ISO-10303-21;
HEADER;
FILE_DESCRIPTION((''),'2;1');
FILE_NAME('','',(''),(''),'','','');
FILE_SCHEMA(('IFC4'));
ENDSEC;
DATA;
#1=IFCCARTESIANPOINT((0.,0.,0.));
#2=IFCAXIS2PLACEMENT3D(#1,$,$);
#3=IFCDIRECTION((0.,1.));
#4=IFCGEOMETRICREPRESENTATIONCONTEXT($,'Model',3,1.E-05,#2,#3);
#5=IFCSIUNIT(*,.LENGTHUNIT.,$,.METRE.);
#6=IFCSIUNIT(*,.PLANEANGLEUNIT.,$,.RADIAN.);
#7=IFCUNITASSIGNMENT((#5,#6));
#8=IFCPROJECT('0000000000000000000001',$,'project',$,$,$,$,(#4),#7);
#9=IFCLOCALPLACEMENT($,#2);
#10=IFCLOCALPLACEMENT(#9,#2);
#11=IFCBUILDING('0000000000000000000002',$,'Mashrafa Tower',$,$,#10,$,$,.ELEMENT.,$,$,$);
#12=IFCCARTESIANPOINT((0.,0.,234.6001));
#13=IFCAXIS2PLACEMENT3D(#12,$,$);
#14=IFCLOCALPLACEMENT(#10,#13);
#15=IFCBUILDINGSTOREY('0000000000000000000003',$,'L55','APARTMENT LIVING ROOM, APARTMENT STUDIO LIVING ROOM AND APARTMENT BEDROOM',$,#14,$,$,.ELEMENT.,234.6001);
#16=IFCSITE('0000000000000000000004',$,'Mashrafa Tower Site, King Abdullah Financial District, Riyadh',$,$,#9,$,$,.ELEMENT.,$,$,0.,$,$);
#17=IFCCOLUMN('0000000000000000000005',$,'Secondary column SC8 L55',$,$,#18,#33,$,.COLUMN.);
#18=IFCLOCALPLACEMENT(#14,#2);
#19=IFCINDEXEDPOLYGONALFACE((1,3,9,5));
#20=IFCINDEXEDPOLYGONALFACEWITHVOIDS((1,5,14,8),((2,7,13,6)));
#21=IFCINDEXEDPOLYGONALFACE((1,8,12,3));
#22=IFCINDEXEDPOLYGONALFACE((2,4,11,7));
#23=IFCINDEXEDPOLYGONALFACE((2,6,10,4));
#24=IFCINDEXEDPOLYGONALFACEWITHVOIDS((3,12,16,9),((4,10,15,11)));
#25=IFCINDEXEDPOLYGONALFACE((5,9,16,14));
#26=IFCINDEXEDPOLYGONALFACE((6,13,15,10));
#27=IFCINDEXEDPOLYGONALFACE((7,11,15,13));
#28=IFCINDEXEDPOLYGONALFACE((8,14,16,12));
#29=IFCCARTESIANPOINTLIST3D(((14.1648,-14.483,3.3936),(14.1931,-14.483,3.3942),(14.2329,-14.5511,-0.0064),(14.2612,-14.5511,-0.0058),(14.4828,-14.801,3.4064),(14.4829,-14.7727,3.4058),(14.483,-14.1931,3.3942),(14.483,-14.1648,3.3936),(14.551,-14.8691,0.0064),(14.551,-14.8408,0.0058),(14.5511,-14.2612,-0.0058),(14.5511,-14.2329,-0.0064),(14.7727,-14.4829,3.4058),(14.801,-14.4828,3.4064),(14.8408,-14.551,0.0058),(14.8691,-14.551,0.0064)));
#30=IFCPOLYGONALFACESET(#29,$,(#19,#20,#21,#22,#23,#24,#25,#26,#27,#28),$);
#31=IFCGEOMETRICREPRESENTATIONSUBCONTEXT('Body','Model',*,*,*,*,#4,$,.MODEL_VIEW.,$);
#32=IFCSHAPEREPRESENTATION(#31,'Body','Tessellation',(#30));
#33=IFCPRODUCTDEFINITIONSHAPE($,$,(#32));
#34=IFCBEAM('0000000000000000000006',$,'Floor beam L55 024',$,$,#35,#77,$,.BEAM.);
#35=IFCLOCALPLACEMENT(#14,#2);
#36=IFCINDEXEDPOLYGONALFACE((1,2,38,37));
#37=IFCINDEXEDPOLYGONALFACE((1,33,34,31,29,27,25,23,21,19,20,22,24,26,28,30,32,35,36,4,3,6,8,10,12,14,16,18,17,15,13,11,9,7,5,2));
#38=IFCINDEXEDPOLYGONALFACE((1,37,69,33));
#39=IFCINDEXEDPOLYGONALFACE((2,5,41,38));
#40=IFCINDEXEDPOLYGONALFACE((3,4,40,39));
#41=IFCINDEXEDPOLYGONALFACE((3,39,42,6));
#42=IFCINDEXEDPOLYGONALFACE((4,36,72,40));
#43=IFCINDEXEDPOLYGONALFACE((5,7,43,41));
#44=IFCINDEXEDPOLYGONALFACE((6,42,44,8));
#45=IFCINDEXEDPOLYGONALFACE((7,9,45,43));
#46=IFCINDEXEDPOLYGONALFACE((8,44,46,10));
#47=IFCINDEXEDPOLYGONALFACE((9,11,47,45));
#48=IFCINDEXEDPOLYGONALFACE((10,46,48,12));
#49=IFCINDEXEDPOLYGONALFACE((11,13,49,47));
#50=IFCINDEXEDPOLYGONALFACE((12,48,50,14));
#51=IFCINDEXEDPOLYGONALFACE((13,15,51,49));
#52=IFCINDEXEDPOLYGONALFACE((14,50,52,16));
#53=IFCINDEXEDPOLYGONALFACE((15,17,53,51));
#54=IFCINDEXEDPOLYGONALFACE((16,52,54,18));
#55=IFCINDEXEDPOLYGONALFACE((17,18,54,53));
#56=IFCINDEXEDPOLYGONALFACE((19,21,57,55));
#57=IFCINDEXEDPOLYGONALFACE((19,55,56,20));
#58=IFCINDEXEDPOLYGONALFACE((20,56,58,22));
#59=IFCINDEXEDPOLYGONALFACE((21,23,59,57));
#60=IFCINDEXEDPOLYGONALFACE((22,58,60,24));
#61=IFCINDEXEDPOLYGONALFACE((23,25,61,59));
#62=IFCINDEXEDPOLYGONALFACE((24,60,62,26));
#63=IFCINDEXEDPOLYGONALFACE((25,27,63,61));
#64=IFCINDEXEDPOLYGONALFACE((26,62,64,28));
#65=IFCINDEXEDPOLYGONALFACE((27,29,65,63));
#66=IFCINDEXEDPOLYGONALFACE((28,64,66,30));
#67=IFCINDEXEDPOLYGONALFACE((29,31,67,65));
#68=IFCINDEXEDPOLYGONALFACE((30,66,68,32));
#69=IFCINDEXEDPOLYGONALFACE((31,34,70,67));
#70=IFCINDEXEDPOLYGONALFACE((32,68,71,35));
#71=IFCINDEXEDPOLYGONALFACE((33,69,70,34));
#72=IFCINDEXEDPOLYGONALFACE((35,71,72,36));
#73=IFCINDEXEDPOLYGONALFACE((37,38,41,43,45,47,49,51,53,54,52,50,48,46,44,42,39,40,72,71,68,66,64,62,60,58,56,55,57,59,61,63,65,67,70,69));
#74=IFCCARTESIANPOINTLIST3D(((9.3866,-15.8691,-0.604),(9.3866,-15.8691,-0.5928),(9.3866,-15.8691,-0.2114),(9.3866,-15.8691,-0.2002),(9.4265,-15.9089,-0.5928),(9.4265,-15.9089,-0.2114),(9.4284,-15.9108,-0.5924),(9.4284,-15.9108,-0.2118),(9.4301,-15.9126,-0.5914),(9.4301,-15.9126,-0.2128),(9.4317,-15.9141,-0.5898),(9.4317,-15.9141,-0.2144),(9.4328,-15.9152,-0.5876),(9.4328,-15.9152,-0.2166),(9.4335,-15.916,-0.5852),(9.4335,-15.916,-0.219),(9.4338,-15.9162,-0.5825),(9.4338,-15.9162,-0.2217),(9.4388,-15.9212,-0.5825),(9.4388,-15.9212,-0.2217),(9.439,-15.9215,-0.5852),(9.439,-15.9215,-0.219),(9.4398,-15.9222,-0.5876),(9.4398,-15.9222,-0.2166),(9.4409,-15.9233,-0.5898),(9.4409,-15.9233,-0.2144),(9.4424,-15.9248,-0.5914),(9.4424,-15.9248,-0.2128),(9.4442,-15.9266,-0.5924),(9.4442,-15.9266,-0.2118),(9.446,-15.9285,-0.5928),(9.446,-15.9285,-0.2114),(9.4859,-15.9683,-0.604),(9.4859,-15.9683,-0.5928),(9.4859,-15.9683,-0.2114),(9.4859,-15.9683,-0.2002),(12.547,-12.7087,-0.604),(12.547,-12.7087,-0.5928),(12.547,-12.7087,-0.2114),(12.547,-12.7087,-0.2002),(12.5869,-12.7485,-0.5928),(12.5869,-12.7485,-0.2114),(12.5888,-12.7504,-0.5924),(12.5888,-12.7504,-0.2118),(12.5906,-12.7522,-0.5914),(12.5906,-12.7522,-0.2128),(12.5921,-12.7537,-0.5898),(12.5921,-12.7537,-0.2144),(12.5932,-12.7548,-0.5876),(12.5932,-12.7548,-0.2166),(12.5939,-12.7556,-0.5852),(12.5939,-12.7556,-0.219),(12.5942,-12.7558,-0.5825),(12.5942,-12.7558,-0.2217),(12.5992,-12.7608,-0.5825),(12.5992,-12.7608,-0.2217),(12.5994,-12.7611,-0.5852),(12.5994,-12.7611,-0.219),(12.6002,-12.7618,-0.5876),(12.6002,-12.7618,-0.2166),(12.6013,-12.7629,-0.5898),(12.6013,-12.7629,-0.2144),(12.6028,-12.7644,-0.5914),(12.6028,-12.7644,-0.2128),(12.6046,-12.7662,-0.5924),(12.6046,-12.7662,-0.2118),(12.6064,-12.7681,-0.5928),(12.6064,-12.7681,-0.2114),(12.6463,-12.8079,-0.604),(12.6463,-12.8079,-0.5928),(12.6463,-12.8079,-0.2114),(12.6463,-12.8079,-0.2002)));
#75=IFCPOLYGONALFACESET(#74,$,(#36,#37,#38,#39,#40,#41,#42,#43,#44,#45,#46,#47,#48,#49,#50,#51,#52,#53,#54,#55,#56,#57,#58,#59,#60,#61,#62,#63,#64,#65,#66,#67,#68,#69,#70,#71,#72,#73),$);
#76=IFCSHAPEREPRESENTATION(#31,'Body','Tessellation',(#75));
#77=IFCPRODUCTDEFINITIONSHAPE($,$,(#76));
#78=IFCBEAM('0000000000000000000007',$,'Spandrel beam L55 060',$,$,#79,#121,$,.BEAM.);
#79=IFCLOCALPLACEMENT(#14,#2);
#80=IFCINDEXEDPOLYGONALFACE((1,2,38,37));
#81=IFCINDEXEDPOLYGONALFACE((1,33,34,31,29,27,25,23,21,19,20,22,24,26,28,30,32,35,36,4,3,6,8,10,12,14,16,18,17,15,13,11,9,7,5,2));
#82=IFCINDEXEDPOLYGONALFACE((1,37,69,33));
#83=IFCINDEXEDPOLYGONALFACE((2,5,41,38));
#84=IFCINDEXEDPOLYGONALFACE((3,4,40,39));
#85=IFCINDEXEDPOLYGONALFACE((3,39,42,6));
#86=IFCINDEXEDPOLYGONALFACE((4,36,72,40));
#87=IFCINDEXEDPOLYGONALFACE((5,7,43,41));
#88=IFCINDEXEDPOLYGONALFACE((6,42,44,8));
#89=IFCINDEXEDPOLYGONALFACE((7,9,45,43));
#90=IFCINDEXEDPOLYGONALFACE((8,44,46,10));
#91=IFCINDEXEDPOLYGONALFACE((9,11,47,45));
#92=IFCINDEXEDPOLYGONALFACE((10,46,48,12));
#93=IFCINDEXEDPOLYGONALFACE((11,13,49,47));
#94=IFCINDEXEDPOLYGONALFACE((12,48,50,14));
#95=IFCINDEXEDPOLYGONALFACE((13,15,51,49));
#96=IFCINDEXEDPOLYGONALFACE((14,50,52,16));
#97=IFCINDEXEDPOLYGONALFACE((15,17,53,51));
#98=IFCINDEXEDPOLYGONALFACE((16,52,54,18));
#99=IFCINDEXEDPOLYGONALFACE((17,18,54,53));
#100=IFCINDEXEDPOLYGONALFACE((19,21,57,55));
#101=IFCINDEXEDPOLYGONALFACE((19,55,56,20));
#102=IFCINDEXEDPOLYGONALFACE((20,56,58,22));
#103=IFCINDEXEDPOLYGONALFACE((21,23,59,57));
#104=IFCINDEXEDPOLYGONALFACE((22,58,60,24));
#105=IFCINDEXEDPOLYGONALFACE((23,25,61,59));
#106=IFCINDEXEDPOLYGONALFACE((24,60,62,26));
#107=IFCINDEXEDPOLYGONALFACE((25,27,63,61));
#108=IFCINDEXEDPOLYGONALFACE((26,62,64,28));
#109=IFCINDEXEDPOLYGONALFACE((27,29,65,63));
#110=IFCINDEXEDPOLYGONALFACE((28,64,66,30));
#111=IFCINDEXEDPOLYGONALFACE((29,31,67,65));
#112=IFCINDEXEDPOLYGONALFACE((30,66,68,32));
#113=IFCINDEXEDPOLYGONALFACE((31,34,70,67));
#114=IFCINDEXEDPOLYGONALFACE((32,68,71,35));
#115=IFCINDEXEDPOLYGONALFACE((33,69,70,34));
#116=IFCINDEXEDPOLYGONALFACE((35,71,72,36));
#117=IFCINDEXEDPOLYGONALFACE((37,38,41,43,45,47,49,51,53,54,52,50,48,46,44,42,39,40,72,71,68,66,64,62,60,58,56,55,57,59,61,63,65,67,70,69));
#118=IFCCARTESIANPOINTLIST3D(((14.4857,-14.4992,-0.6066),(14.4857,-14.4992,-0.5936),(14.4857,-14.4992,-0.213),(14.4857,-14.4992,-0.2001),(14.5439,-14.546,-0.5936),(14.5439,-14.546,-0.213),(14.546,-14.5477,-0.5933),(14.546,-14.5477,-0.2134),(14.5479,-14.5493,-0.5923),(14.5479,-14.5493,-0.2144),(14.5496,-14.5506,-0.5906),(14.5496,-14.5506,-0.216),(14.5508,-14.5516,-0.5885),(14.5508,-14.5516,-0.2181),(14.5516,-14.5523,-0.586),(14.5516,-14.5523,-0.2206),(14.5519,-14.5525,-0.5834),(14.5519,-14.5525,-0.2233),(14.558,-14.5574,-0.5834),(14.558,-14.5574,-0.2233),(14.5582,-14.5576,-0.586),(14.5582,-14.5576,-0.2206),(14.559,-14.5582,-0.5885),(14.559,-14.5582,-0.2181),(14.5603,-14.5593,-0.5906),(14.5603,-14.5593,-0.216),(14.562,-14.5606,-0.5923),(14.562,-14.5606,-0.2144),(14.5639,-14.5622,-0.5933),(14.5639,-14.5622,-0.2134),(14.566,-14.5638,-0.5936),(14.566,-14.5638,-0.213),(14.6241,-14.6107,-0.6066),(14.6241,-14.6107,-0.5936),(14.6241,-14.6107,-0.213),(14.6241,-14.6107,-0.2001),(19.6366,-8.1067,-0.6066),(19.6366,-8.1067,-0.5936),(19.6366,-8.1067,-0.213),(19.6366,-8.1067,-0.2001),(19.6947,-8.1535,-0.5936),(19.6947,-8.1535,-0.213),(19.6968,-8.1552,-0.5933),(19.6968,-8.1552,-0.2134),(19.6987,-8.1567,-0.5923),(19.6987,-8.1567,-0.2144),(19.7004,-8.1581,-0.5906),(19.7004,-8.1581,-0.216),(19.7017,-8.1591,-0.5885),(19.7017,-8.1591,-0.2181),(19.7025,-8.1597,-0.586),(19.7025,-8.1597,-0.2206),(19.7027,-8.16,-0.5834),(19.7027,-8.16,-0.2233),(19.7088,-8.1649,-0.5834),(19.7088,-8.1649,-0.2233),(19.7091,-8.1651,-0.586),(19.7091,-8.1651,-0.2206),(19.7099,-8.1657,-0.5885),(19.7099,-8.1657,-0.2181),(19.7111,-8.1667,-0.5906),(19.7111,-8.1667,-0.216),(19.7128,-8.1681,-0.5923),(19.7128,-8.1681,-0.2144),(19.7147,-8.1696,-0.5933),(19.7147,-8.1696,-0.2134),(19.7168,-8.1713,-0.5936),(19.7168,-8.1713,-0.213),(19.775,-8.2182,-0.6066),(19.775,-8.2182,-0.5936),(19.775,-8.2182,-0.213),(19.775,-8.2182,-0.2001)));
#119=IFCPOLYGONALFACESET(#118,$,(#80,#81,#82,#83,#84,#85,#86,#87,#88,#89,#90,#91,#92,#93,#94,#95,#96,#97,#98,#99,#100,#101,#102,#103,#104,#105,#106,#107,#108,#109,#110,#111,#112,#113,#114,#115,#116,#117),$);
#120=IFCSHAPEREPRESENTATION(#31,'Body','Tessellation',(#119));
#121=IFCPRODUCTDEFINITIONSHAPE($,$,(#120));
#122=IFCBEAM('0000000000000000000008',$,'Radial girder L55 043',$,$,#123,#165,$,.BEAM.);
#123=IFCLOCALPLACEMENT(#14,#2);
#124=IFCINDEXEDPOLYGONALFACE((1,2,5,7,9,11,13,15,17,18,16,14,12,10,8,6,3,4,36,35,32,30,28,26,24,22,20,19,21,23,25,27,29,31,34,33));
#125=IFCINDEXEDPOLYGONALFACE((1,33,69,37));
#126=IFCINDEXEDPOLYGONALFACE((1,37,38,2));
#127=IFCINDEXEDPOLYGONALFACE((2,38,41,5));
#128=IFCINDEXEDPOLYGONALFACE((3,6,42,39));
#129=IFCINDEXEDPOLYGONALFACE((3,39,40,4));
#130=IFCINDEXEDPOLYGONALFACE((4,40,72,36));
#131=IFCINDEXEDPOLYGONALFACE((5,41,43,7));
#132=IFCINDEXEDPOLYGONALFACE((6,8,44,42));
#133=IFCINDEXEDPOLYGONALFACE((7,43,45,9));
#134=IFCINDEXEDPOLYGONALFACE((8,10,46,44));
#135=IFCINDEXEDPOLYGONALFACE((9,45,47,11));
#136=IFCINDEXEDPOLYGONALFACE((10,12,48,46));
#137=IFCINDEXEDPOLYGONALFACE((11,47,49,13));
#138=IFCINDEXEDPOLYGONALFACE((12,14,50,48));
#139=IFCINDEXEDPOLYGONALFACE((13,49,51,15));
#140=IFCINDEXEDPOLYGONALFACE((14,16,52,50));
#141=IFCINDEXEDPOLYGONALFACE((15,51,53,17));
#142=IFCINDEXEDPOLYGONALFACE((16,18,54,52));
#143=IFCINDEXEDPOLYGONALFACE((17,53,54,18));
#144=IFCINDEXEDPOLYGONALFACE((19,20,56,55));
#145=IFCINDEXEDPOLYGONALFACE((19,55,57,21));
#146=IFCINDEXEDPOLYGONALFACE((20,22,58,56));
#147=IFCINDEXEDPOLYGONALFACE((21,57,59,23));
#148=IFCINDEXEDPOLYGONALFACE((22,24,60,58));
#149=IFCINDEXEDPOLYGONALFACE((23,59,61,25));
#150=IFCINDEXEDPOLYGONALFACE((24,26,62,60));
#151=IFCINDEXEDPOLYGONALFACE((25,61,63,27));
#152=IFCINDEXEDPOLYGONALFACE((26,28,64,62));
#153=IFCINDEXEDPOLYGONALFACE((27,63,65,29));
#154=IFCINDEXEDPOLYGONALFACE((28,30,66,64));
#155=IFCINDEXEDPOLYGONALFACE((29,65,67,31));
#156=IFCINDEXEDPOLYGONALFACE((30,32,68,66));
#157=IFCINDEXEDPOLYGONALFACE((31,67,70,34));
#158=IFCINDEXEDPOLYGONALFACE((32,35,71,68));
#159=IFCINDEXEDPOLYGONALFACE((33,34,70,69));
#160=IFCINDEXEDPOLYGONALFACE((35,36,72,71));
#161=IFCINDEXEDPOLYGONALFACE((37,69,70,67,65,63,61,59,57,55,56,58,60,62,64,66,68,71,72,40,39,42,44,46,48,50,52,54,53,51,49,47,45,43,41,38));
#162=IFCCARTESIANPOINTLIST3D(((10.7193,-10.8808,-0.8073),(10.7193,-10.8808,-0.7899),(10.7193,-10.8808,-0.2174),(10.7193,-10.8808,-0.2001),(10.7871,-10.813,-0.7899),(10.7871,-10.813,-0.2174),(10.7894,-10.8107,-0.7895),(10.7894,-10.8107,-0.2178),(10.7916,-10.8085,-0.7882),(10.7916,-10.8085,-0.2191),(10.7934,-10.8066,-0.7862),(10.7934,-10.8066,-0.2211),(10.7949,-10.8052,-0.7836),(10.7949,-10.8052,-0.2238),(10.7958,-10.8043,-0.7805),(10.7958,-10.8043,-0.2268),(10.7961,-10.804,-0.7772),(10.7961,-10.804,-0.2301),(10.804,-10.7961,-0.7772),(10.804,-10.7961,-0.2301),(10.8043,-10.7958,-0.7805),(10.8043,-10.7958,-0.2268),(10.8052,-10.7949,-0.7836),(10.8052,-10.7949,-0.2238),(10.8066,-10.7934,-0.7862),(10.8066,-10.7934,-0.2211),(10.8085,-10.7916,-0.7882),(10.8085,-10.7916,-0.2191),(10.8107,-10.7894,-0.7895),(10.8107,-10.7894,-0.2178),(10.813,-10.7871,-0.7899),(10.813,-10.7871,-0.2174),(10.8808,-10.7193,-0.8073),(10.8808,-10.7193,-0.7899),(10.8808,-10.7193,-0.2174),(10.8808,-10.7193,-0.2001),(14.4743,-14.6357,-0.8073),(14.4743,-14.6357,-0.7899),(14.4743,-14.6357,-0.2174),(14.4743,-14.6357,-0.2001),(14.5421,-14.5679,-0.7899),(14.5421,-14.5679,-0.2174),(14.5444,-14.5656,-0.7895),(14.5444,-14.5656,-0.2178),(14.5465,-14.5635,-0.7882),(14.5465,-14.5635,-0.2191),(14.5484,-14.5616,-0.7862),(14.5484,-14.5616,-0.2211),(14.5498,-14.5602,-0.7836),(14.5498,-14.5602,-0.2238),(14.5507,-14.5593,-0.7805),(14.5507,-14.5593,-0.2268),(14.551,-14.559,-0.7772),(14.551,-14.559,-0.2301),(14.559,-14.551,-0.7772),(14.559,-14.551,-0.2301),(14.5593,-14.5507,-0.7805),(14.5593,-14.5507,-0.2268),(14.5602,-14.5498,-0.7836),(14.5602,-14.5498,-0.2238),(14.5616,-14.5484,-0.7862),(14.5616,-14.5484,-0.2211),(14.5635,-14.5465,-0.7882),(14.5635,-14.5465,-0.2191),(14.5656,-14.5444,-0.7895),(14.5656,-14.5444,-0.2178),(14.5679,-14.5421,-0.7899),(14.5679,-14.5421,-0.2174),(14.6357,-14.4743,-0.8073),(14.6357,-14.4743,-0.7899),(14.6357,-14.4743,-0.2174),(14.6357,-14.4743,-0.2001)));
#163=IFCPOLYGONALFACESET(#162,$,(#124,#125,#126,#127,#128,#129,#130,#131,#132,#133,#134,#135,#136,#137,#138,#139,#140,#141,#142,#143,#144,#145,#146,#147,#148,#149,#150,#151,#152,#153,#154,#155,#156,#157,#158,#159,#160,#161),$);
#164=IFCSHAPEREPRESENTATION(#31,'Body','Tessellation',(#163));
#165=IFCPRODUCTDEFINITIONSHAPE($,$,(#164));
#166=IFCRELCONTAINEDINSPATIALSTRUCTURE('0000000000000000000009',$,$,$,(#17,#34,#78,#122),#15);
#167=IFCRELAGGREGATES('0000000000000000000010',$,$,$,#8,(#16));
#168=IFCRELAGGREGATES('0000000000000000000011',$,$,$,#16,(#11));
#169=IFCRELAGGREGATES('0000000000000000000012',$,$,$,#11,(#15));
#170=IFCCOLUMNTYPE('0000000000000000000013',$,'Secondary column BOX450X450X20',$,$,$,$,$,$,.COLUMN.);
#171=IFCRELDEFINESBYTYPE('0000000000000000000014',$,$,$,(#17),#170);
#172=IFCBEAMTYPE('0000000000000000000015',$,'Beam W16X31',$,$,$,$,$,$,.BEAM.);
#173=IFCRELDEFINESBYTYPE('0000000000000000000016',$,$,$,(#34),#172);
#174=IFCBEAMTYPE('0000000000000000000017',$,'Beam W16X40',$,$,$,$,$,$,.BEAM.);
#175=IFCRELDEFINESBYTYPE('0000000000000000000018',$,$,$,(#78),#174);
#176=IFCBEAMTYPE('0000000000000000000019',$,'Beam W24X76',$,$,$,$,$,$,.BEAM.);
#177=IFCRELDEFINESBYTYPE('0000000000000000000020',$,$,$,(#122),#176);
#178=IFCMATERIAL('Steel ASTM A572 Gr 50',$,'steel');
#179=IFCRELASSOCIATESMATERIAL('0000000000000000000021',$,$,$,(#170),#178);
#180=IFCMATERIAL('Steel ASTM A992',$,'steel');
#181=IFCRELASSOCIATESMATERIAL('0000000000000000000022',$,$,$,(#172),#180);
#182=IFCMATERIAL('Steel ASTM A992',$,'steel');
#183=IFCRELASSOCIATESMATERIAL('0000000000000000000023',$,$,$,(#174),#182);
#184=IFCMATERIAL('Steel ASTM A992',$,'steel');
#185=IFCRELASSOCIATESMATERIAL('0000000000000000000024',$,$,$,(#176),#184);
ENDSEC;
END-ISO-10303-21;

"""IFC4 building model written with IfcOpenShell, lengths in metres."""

from ifc_helpers import new_model, si_unit, direction, frame, origin, origin_2d, place, context, subcontext, project, spatial, hollow_rectangle, i_section, extrude, material, material_profile, profile_set, type_object, element, save


model = new_model("IFC4")

# Units and contexts
model_context = context("Model", 3, precision=1e-05, world=origin(), true_north=direction((0.0, 1.0)))
body_context = subcontext(model_context, "Body", "Model", "MODEL_VIEW")
ifc_project = project(units=[si_unit("LENGTHUNIT", "METRE"), si_unit("PLANEANGLEUNIT", "RADIAN")], contexts=[model_context])

# Site, building, storey
site_placement = place(None, origin())
site = spatial("IfcSite", under=ifc_project, at=site_placement, Name="Mashrafa Tower Site, King Abdullah Financial District, Riyadh", CompositionType="ELEMENT", RefElevation=0.0)
building_placement = place(site_placement, origin())
building = spatial("IfcBuilding", under=site, at=building_placement, Name="Mashrafa Tower", CompositionType="ELEMENT")
storey_placement = place(building_placement, frame((0.0, 0.0, 234.6001)))
storey = spatial("IfcBuildingStorey", under=building, at=storey_placement, Name="L55", Description="APARTMENT LIVING ROOM, APARTMENT STUDIO LIVING ROOM AND APARTMENT BEDROOM", CompositionType="ELEMENT", Elevation=234.6001)

# Column
ifc_material_1 = material(Name="Steel ASTM A572 Gr 50", Category="steel")
ifc_material_profile_1 = material_profile(ifc_material_1, hollow_rectangle(XDim=0.45, YDim=0.45, WallThickness=0.02, at=origin_2d()), Name="BOX450X450X20")
ifc_profile_set_1 = profile_set([ifc_material_profile_1], Name="Steel ASTM A572 Gr 50")
column_type = type_object("IfcColumnType", Name="Secondary column BOX450X450X20", PredefinedType="COLUMN", material=ifc_profile_set_1)
column_placement = place(storey_placement, frame((14.551, -14.551, 0.0), z_axis=(-0.020026, 0.020026, 0.999599), x_axis=(-0.707107, -0.707107, 0.0)))
element("IfcColumn", 1, at=column_placement, inside=storey, type_object=column_type, Name="Secondary column SC8 L55", PredefinedType="COLUMN", context=body_context, shape_type="SweptSolid", body=[
    extrude(hollow_rectangle(XDim=0.45, YDim=0.45, WallThickness=0.02, at=origin_2d()), origin(), (0.0, 0.0, 1.0), 3.4014),
])

# Beams
ifc_material_2 = material(Name="Steel ASTM A992", Category="steel")
ifc_material_profile_2 = material_profile(ifc_material_2, i_section(OverallWidth=0.1404, OverallDepth=0.4038, WebThickness=0.0071, FlangeThickness=0.0112, FilletRadius=0.0103, at=origin_2d()), Name="W16X31")
ifc_profile_set_2 = profile_set([ifc_material_profile_2], Name="Steel ASTM A992")
beam_type_1 = type_object("IfcBeamType", Name="Beam W16X31", PredefinedType="BEAM", material=ifc_profile_set_2)
beam_1_placement = place(storey_placement, frame((12.5967, -12.7583, -0.4021), z_axis=(-0.707107, -0.707107, 0.0), x_axis=(0.707107, -0.707107, 0.0)))
element("IfcBeam", 2, at=beam_1_placement, inside=storey, type_object=beam_type_1, Name="Floor beam L55 024", PredefinedType="BEAM", context=body_context, shape_type="SweptSolid", body=[
    extrude(i_section(OverallWidth=0.1404, OverallDepth=0.4038, WebThickness=0.0071, FlangeThickness=0.0112, FilletRadius=0.0103, at=origin_2d()), origin(), (0.0, 0.0, 1.0), 4.4695),
])
ifc_material_3 = material(Name="Steel ASTM A992", Category="steel")
ifc_material_profile_3 = material_profile(ifc_material_3, i_section(OverallWidth=0.1777, OverallDepth=0.4065, WebThickness=0.0078, FlangeThickness=0.0129, FilletRadius=0.0103, at=origin_2d()), Name="W16X40")
ifc_profile_set_3 = profile_set([ifc_material_profile_3], Name="Steel ASTM A992")
beam_type_2 = type_object("IfcBeamType", Name="Beam W16X40", PredefinedType="BEAM", material=ifc_profile_set_3)
beam_2_placement = place(storey_placement, frame((14.5549, -14.5549, -0.4033), z_axis=(0.627426, 0.778676, 0.0), x_axis=(-0.778676, 0.627426, 0.0)))
element("IfcBeam", 3, at=beam_2_placement, inside=storey, type_object=beam_type_2, Name="Spandrel beam L55 060", PredefinedType="BEAM", context=body_context, shape_type="SweptSolid", body=[
    extrude(i_section(OverallWidth=0.1777, OverallDepth=0.4065, WebThickness=0.0078, FlangeThickness=0.0129, FilletRadius=0.0103, at=origin_2d()), origin(), (0.0, 0.0, 1.0), 8.2095),
])
ifc_material_4 = material(Name="Steel ASTM A992", Category="steel")
ifc_material_profile_4 = material_profile(ifc_material_4, i_section(OverallWidth=0.2283, OverallDepth=0.6072, WebThickness=0.0112, FlangeThickness=0.0173, FilletRadius=0.0127, at=origin_2d()), Name="W24X76")
ifc_profile_set_4 = profile_set([ifc_material_profile_4], Name="Steel ASTM A992")
beam_type_3 = type_object("IfcBeamType", Name="Beam W24X76", PredefinedType="BEAM", material=ifc_profile_set_4)
beam_3_placement = place(storey_placement, frame((10.8, -10.8, -0.5037), z_axis=(0.707107, -0.707107, 0.0), x_axis=(0.707107, 0.707107, 0.0)))
element("IfcBeam", 4, at=beam_3_placement, inside=storey, type_object=beam_type_3, Name="Radial girder L55 043", PredefinedType="BEAM", context=body_context, shape_type="SweptSolid", body=[
    extrude(i_section(OverallWidth=0.2283, OverallDepth=0.6072, WebThickness=0.0112, FlangeThickness=0.0173, FilletRadius=0.0127, at=origin_2d()), origin(), (0.0, 0.0, 1.0), 5.3103),
])

save(model, "model.ifc")
